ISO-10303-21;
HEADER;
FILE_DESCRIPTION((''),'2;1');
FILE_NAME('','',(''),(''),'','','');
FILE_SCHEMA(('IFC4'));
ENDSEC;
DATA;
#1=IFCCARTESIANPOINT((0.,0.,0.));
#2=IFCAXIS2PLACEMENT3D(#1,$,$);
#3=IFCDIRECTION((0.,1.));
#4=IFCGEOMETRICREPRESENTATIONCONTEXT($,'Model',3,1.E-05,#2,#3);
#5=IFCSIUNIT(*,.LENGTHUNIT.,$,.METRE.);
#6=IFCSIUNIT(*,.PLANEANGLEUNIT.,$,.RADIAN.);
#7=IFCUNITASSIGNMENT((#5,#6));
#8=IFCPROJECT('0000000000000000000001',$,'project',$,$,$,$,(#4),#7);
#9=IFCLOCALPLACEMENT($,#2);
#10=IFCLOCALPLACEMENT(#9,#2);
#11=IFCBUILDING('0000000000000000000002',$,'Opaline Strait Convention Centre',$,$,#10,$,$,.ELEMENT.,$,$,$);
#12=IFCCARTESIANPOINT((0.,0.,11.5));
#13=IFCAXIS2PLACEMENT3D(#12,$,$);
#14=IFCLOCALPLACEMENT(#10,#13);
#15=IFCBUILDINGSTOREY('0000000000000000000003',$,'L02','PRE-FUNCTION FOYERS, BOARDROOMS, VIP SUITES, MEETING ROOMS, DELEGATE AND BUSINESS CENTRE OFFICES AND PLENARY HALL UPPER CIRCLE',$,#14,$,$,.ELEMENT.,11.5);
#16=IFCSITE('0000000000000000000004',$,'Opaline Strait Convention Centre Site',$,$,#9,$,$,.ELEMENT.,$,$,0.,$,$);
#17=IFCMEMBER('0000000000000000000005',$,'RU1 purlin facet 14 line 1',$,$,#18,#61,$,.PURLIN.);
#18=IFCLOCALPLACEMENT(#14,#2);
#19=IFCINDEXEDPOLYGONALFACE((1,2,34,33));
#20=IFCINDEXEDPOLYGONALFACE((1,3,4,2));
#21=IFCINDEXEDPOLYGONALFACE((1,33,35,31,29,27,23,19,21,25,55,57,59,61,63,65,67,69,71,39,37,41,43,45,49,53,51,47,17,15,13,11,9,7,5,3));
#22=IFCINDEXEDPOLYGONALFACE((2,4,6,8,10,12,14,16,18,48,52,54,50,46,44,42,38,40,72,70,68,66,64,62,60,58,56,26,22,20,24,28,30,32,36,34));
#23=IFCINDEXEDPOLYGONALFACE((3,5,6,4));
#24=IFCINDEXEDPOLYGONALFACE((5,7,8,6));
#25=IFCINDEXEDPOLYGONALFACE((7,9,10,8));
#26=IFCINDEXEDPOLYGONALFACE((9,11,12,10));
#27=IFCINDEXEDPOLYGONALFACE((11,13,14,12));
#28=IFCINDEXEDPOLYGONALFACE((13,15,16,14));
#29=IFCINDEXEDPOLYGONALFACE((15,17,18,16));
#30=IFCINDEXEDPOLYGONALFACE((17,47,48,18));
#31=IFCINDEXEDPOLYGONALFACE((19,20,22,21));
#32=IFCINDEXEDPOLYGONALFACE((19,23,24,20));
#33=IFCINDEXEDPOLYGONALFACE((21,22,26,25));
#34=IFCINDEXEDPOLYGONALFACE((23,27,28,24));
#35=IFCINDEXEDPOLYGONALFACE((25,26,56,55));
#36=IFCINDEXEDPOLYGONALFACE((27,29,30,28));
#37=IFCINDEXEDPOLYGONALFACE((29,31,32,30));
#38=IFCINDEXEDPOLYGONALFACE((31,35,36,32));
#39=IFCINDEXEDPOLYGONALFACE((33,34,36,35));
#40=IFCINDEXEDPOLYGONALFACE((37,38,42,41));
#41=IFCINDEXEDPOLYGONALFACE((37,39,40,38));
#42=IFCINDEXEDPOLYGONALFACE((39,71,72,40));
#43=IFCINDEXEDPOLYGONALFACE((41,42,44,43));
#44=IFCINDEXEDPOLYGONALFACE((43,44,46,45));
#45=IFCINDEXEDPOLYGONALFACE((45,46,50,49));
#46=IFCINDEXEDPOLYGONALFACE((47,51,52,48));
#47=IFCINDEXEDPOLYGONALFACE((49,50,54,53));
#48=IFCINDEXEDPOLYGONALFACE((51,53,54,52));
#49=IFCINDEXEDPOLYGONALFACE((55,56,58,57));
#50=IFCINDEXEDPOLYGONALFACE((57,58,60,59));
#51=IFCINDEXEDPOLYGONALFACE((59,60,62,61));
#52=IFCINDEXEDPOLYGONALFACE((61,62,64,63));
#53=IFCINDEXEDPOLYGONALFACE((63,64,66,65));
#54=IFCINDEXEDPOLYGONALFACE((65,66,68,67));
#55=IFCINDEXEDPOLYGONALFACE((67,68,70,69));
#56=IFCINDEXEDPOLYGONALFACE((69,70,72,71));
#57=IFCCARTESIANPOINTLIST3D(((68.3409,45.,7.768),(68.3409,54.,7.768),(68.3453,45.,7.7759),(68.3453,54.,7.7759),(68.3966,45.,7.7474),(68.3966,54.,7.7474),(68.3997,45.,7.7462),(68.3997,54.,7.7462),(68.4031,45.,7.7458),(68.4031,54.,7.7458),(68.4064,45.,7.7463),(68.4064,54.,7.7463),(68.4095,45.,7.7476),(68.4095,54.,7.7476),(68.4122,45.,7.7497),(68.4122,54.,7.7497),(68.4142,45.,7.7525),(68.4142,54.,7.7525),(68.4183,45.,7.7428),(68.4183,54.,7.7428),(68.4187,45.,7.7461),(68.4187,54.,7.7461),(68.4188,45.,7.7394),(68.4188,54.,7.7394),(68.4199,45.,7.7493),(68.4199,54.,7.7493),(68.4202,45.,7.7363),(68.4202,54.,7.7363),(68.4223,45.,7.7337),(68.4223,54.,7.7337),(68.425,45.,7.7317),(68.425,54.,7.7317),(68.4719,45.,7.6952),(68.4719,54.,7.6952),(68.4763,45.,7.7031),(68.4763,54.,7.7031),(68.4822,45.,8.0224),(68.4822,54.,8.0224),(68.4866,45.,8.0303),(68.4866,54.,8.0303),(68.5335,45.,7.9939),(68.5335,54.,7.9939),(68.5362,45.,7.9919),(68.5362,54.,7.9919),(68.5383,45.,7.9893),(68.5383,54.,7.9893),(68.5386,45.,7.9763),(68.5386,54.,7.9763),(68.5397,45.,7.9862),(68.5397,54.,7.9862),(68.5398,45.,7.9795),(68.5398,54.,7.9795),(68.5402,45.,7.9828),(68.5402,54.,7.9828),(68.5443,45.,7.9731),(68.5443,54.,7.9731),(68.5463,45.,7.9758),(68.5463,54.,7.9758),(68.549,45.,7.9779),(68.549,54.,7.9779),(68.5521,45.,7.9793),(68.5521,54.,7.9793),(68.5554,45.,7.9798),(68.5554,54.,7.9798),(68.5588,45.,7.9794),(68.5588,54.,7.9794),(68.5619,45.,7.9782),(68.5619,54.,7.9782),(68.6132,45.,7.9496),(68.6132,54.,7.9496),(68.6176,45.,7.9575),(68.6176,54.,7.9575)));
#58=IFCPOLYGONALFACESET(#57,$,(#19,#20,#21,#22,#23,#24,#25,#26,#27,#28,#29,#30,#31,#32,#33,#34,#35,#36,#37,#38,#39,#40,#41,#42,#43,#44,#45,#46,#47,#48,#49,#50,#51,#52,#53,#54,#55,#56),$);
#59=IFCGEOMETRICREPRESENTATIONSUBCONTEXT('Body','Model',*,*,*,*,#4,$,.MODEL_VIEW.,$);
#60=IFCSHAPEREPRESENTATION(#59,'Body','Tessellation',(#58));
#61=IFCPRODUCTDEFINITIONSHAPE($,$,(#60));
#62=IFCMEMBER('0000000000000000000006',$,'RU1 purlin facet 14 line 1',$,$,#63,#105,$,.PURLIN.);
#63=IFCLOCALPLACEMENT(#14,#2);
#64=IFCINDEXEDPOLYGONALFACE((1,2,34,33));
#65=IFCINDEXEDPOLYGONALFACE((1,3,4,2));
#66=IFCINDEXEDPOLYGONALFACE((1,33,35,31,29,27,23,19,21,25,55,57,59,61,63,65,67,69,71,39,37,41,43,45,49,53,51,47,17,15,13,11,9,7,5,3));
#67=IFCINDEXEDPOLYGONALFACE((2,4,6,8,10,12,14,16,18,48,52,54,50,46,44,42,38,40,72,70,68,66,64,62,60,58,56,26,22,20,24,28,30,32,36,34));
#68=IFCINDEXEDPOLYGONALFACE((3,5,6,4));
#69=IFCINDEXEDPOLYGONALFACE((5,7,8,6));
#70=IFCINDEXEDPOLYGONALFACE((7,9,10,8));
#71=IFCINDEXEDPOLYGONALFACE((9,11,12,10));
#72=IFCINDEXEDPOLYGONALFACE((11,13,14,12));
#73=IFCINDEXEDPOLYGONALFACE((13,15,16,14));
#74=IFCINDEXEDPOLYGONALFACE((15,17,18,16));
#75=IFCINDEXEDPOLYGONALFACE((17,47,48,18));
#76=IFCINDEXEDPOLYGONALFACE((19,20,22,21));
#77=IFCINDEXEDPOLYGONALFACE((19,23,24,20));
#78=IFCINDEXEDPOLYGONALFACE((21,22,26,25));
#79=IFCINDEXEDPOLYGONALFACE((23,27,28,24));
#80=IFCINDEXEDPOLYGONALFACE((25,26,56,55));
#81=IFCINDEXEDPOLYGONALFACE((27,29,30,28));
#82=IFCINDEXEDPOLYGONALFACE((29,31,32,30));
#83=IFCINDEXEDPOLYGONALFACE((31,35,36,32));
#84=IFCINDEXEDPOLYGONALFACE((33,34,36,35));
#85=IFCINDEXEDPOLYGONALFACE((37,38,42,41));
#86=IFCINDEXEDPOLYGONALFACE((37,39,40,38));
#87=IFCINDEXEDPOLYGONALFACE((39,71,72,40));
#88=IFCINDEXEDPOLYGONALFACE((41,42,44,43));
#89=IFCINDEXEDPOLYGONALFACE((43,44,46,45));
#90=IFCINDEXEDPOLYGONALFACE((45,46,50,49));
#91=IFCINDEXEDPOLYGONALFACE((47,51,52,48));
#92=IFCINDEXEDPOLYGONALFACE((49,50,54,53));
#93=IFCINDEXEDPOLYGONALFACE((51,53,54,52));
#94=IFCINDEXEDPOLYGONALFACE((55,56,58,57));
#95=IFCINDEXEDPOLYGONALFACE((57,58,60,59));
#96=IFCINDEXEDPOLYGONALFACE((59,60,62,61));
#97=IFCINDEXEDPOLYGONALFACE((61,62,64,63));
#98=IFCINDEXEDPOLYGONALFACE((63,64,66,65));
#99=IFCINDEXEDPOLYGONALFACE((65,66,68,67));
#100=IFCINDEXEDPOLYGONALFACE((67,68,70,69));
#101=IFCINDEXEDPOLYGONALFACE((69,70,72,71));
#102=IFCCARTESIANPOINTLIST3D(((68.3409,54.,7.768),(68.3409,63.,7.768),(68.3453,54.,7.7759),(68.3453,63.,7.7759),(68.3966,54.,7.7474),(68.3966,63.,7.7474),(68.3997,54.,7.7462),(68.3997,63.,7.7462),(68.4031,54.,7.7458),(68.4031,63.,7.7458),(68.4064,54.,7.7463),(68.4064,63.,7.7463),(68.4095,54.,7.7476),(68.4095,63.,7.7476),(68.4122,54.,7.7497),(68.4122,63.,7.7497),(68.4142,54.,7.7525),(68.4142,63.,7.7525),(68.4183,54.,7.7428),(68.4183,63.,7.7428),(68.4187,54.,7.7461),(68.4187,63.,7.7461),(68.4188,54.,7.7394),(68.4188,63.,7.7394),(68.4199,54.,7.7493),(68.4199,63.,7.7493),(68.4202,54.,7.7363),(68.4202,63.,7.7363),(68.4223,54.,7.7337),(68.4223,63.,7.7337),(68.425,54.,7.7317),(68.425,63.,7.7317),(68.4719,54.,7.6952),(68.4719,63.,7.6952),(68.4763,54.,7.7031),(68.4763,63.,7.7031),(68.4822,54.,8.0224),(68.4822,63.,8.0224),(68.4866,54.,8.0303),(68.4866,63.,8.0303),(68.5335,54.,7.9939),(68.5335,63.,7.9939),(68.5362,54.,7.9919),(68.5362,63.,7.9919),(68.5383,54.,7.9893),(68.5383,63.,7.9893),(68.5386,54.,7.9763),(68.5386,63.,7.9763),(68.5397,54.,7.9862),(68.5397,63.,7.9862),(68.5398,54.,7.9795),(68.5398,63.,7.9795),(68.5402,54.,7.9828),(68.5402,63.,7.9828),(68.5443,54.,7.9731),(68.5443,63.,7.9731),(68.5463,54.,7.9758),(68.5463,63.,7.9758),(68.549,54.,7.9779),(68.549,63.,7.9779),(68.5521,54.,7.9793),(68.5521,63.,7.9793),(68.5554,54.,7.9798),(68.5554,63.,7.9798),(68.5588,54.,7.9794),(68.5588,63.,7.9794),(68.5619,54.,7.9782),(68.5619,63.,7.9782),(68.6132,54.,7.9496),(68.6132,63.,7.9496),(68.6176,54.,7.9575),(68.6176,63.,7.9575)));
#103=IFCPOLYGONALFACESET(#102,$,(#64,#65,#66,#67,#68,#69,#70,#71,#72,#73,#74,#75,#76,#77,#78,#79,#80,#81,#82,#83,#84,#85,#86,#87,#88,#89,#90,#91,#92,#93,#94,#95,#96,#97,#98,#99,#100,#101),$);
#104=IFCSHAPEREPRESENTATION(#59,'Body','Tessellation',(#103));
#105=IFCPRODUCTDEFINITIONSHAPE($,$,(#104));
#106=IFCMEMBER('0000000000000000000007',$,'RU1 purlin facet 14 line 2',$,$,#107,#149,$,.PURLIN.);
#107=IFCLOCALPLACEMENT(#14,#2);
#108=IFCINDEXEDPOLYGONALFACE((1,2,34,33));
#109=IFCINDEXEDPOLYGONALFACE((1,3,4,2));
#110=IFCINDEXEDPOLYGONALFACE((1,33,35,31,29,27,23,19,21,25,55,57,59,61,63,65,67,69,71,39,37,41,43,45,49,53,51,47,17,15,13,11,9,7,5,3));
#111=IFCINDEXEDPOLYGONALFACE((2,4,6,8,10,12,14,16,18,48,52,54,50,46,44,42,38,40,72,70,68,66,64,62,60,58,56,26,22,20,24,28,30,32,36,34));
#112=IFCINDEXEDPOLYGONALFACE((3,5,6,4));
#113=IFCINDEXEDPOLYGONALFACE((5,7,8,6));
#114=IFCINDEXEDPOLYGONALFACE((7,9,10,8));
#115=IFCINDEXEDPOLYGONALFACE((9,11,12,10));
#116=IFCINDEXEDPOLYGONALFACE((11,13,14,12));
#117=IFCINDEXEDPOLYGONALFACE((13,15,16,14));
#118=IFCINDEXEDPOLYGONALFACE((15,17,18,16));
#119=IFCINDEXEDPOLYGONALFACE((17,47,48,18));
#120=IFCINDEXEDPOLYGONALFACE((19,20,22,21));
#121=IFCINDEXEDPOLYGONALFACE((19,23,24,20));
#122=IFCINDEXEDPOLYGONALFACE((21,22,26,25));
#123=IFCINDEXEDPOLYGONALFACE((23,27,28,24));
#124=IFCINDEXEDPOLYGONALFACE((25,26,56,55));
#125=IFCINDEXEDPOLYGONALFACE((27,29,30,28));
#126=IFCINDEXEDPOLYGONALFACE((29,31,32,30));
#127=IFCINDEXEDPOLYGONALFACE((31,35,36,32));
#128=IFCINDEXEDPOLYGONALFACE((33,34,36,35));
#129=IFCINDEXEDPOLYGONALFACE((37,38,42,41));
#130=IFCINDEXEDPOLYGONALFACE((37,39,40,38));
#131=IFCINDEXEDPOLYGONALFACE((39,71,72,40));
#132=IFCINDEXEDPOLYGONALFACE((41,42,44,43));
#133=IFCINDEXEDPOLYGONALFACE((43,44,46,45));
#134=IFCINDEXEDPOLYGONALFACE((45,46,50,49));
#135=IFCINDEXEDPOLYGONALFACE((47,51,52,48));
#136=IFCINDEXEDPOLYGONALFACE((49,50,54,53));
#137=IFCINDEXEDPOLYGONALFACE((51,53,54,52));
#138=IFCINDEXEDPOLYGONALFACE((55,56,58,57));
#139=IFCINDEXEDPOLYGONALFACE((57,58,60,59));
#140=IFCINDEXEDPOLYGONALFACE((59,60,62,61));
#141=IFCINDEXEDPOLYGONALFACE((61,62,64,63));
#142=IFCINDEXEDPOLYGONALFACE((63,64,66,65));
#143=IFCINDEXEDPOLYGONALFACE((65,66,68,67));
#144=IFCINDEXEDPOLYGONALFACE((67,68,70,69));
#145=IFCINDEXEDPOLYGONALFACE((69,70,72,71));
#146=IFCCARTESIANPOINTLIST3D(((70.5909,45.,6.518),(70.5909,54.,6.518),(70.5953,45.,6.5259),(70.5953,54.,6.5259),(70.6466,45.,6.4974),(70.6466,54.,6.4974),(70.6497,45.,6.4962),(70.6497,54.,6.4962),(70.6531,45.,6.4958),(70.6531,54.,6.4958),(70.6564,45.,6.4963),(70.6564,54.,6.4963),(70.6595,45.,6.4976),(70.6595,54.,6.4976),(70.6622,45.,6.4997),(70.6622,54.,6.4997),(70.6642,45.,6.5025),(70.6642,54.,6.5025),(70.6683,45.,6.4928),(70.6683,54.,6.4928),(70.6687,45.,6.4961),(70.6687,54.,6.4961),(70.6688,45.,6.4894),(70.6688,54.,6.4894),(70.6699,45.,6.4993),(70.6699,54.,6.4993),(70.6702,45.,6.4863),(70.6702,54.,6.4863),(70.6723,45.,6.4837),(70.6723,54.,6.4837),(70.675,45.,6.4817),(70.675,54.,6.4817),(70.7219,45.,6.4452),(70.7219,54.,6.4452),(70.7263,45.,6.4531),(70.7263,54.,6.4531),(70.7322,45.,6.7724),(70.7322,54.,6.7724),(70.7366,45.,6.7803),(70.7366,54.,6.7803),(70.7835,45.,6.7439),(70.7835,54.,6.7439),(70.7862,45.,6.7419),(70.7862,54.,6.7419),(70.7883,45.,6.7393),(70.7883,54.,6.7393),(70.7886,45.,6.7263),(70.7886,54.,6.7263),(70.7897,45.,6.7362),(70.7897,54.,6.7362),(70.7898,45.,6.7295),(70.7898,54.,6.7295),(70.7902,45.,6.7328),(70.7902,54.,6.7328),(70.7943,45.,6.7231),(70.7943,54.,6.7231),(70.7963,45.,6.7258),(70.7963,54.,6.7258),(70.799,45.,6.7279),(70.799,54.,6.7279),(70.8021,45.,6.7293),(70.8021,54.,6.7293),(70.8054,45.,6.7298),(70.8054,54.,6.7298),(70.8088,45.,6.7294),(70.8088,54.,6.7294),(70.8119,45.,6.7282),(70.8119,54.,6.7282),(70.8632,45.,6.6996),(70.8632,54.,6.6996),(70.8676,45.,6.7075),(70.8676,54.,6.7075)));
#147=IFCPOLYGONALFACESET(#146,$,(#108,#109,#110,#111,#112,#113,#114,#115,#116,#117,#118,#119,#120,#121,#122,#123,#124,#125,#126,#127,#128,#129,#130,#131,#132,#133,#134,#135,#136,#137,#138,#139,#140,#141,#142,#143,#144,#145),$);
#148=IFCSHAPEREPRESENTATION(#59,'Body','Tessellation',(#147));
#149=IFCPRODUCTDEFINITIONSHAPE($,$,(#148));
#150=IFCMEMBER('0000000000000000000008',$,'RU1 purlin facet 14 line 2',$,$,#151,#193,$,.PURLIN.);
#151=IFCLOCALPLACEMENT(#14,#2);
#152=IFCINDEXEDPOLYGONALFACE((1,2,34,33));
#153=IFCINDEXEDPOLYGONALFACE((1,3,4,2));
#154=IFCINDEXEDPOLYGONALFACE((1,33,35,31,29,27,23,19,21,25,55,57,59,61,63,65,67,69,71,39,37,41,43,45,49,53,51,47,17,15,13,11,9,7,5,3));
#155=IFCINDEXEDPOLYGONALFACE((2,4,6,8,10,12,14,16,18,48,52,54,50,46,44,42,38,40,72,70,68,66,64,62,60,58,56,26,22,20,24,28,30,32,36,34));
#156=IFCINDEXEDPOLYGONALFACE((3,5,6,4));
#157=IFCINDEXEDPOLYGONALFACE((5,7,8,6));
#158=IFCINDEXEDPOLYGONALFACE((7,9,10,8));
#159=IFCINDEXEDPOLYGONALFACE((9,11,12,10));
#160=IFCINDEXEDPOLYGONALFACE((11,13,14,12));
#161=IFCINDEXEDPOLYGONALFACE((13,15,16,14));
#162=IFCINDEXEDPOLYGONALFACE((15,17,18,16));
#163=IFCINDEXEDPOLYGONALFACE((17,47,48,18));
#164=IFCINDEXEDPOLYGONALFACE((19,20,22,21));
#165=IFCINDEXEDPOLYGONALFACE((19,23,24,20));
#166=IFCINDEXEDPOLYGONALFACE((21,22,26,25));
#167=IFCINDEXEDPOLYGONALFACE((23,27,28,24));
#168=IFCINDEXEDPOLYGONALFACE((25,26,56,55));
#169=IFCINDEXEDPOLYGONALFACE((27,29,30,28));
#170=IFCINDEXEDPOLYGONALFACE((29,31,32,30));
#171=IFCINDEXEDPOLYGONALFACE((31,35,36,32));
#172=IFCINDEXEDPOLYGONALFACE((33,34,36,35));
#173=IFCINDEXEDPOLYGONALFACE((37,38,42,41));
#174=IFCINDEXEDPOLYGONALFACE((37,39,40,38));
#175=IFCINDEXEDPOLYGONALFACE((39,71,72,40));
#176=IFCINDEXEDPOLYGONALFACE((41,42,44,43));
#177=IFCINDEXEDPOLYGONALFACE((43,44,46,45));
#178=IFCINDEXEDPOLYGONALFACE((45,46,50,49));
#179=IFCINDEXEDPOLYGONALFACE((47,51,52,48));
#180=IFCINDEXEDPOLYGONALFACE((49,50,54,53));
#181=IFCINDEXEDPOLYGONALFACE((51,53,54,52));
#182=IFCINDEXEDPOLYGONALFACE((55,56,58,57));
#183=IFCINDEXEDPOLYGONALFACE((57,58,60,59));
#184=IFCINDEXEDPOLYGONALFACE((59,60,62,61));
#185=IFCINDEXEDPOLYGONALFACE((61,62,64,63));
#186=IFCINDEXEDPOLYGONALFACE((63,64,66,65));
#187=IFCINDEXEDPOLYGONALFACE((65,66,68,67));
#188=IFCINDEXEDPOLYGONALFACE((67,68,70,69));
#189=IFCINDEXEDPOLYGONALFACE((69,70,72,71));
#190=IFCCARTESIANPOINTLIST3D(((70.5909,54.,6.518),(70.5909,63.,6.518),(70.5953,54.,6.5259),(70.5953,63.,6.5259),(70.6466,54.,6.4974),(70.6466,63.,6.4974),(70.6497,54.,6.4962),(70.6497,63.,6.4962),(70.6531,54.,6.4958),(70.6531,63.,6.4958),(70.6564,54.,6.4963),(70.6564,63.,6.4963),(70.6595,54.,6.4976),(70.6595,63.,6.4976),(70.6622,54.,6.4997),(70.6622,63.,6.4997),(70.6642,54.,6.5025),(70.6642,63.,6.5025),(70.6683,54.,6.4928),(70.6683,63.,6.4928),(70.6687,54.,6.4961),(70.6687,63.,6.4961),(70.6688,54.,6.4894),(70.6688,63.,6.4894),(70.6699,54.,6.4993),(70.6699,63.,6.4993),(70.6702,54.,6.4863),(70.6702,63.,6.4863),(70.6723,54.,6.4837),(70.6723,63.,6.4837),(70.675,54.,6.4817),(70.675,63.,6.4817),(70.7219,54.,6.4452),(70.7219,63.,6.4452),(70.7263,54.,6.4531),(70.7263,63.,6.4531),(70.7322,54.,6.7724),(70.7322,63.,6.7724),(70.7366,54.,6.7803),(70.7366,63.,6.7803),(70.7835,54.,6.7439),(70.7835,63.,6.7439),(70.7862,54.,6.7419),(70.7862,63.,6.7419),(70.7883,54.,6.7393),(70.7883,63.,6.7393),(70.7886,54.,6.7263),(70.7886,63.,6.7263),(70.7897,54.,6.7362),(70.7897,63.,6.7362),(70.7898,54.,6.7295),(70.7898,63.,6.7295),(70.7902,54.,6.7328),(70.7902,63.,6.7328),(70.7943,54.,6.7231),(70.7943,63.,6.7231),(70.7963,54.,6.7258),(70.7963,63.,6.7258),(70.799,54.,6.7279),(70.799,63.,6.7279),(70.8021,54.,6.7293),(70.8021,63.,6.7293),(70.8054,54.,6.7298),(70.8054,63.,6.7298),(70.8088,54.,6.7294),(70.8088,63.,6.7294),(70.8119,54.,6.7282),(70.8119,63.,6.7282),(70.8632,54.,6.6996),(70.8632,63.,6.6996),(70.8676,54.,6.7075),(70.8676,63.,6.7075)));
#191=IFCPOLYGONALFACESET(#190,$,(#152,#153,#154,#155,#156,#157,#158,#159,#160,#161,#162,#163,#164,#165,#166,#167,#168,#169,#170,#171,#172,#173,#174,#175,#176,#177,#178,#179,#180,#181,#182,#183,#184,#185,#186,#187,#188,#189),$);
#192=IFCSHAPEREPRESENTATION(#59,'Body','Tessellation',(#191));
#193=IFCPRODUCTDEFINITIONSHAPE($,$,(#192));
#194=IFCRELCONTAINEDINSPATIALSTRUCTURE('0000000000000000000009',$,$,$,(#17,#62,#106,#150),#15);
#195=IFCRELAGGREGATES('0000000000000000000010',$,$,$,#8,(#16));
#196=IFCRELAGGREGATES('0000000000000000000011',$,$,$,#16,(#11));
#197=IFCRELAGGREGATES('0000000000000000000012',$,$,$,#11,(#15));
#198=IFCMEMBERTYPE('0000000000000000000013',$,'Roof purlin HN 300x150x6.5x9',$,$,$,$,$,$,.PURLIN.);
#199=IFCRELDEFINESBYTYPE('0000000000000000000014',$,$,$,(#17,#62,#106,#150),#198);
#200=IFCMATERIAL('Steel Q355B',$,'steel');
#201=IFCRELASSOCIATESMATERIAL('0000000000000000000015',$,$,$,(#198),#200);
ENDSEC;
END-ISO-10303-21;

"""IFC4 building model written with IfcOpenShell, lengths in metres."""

from ifc_helpers import new_model, si_unit, direction, frame, origin, origin_2d, place, context, subcontext, project, spatial, i_section, extrude, material, material_profile, profile_set, type_object, element, save


model = new_model("IFC4")

# Units and contexts
model_context = context("Model", 3, precision=1e-05, world=origin(), true_north=direction((0.0, 1.0)))
body_context = subcontext(model_context, "Body", "Model", "MODEL_VIEW")
ifc_project = project(units=[si_unit("LENGTHUNIT", "METRE"), si_unit("PLANEANGLEUNIT", "RADIAN")], contexts=[model_context])

# Site, building, storey
site_placement = place(None, origin())
site = spatial("IfcSite", under=ifc_project, at=site_placement, Name="Opaline Strait Convention Centre Site", CompositionType="ELEMENT", RefElevation=0.0)
building_placement = place(site_placement, origin())
building = spatial("IfcBuilding", under=site, at=building_placement, Name="Opaline Strait Convention Centre", CompositionType="ELEMENT")
storey_placement = place(building_placement, frame((0.0, 0.0, 11.5)))
storey = spatial("IfcBuildingStorey", under=building, at=storey_placement, Name="L02", Description="PRE-FUNCTION FOYERS, BOARDROOMS, VIP SUITES, MEETING ROOMS, DELEGATE AND BUSINESS CENTRE OFFICES AND PLENARY HALL UPPER CIRCLE", CompositionType="ELEMENT", Elevation=11.5)

# Shared definitions
ifc_material_1 = material(Name="Steel Q355B", Category="steel")

# Members
ifc_material_profile_1 = material_profile(ifc_material_1, i_section(OverallWidth=0.1499, OverallDepth=0.3, WebThickness=0.0066, FlangeThickness=0.009, FilletRadius=0.0129, at=origin_2d()), Name="HN 300x150x6.5x9")
ifc_profile_set_1 = profile_set([ifc_material_profile_1], Name="Steel Q355B")
member_type_1 = type_object("IfcMemberType", Name="Roof purlin HN 300x150x6.5x9", PredefinedType="PURLIN", material=ifc_profile_set_1)
for number, where, z_axis, x_axis, name in (
    (1, (68.4792, 45.0, 7.8628), (0.0, 1.0, 0.0), (-0.874157, 0.0, 0.485643), "RU1 purlin facet 14 line 1"),
    (2, (68.4792, 54.0, 7.8628), (0.0, 1.0, 0.0), (-0.874157, 0.0, 0.485643), "RU1 purlin facet 14 line 1"),
    (3, (70.7292, 45.0, 6.6128), (0.0, 1.0, 0.0), (-0.874157, 0.0, 0.485643), "RU1 purlin facet 14 line 2"),
    (4, (70.7292, 54.0, 6.6128), (0.0, 1.0, 0.0), (-0.874157, 0.0, 0.485643), "RU1 purlin facet 14 line 2"),
):
    element("IfcMember", number, at=place(storey_placement, frame(where, z_axis=z_axis, x_axis=x_axis)), inside=storey, type_object=member_type_1, Name=name, PredefinedType="PURLIN", context=body_context, shape_type="SweptSolid", body=[
        extrude(i_section(OverallWidth=0.1499, OverallDepth=0.3, WebThickness=0.0066, FlangeThickness=0.009, FilletRadius=0.0129, at=origin_2d()), origin(), (0.0, 0.0, 1.0), 9.0),
    ])

save(model, "model.ifc")
